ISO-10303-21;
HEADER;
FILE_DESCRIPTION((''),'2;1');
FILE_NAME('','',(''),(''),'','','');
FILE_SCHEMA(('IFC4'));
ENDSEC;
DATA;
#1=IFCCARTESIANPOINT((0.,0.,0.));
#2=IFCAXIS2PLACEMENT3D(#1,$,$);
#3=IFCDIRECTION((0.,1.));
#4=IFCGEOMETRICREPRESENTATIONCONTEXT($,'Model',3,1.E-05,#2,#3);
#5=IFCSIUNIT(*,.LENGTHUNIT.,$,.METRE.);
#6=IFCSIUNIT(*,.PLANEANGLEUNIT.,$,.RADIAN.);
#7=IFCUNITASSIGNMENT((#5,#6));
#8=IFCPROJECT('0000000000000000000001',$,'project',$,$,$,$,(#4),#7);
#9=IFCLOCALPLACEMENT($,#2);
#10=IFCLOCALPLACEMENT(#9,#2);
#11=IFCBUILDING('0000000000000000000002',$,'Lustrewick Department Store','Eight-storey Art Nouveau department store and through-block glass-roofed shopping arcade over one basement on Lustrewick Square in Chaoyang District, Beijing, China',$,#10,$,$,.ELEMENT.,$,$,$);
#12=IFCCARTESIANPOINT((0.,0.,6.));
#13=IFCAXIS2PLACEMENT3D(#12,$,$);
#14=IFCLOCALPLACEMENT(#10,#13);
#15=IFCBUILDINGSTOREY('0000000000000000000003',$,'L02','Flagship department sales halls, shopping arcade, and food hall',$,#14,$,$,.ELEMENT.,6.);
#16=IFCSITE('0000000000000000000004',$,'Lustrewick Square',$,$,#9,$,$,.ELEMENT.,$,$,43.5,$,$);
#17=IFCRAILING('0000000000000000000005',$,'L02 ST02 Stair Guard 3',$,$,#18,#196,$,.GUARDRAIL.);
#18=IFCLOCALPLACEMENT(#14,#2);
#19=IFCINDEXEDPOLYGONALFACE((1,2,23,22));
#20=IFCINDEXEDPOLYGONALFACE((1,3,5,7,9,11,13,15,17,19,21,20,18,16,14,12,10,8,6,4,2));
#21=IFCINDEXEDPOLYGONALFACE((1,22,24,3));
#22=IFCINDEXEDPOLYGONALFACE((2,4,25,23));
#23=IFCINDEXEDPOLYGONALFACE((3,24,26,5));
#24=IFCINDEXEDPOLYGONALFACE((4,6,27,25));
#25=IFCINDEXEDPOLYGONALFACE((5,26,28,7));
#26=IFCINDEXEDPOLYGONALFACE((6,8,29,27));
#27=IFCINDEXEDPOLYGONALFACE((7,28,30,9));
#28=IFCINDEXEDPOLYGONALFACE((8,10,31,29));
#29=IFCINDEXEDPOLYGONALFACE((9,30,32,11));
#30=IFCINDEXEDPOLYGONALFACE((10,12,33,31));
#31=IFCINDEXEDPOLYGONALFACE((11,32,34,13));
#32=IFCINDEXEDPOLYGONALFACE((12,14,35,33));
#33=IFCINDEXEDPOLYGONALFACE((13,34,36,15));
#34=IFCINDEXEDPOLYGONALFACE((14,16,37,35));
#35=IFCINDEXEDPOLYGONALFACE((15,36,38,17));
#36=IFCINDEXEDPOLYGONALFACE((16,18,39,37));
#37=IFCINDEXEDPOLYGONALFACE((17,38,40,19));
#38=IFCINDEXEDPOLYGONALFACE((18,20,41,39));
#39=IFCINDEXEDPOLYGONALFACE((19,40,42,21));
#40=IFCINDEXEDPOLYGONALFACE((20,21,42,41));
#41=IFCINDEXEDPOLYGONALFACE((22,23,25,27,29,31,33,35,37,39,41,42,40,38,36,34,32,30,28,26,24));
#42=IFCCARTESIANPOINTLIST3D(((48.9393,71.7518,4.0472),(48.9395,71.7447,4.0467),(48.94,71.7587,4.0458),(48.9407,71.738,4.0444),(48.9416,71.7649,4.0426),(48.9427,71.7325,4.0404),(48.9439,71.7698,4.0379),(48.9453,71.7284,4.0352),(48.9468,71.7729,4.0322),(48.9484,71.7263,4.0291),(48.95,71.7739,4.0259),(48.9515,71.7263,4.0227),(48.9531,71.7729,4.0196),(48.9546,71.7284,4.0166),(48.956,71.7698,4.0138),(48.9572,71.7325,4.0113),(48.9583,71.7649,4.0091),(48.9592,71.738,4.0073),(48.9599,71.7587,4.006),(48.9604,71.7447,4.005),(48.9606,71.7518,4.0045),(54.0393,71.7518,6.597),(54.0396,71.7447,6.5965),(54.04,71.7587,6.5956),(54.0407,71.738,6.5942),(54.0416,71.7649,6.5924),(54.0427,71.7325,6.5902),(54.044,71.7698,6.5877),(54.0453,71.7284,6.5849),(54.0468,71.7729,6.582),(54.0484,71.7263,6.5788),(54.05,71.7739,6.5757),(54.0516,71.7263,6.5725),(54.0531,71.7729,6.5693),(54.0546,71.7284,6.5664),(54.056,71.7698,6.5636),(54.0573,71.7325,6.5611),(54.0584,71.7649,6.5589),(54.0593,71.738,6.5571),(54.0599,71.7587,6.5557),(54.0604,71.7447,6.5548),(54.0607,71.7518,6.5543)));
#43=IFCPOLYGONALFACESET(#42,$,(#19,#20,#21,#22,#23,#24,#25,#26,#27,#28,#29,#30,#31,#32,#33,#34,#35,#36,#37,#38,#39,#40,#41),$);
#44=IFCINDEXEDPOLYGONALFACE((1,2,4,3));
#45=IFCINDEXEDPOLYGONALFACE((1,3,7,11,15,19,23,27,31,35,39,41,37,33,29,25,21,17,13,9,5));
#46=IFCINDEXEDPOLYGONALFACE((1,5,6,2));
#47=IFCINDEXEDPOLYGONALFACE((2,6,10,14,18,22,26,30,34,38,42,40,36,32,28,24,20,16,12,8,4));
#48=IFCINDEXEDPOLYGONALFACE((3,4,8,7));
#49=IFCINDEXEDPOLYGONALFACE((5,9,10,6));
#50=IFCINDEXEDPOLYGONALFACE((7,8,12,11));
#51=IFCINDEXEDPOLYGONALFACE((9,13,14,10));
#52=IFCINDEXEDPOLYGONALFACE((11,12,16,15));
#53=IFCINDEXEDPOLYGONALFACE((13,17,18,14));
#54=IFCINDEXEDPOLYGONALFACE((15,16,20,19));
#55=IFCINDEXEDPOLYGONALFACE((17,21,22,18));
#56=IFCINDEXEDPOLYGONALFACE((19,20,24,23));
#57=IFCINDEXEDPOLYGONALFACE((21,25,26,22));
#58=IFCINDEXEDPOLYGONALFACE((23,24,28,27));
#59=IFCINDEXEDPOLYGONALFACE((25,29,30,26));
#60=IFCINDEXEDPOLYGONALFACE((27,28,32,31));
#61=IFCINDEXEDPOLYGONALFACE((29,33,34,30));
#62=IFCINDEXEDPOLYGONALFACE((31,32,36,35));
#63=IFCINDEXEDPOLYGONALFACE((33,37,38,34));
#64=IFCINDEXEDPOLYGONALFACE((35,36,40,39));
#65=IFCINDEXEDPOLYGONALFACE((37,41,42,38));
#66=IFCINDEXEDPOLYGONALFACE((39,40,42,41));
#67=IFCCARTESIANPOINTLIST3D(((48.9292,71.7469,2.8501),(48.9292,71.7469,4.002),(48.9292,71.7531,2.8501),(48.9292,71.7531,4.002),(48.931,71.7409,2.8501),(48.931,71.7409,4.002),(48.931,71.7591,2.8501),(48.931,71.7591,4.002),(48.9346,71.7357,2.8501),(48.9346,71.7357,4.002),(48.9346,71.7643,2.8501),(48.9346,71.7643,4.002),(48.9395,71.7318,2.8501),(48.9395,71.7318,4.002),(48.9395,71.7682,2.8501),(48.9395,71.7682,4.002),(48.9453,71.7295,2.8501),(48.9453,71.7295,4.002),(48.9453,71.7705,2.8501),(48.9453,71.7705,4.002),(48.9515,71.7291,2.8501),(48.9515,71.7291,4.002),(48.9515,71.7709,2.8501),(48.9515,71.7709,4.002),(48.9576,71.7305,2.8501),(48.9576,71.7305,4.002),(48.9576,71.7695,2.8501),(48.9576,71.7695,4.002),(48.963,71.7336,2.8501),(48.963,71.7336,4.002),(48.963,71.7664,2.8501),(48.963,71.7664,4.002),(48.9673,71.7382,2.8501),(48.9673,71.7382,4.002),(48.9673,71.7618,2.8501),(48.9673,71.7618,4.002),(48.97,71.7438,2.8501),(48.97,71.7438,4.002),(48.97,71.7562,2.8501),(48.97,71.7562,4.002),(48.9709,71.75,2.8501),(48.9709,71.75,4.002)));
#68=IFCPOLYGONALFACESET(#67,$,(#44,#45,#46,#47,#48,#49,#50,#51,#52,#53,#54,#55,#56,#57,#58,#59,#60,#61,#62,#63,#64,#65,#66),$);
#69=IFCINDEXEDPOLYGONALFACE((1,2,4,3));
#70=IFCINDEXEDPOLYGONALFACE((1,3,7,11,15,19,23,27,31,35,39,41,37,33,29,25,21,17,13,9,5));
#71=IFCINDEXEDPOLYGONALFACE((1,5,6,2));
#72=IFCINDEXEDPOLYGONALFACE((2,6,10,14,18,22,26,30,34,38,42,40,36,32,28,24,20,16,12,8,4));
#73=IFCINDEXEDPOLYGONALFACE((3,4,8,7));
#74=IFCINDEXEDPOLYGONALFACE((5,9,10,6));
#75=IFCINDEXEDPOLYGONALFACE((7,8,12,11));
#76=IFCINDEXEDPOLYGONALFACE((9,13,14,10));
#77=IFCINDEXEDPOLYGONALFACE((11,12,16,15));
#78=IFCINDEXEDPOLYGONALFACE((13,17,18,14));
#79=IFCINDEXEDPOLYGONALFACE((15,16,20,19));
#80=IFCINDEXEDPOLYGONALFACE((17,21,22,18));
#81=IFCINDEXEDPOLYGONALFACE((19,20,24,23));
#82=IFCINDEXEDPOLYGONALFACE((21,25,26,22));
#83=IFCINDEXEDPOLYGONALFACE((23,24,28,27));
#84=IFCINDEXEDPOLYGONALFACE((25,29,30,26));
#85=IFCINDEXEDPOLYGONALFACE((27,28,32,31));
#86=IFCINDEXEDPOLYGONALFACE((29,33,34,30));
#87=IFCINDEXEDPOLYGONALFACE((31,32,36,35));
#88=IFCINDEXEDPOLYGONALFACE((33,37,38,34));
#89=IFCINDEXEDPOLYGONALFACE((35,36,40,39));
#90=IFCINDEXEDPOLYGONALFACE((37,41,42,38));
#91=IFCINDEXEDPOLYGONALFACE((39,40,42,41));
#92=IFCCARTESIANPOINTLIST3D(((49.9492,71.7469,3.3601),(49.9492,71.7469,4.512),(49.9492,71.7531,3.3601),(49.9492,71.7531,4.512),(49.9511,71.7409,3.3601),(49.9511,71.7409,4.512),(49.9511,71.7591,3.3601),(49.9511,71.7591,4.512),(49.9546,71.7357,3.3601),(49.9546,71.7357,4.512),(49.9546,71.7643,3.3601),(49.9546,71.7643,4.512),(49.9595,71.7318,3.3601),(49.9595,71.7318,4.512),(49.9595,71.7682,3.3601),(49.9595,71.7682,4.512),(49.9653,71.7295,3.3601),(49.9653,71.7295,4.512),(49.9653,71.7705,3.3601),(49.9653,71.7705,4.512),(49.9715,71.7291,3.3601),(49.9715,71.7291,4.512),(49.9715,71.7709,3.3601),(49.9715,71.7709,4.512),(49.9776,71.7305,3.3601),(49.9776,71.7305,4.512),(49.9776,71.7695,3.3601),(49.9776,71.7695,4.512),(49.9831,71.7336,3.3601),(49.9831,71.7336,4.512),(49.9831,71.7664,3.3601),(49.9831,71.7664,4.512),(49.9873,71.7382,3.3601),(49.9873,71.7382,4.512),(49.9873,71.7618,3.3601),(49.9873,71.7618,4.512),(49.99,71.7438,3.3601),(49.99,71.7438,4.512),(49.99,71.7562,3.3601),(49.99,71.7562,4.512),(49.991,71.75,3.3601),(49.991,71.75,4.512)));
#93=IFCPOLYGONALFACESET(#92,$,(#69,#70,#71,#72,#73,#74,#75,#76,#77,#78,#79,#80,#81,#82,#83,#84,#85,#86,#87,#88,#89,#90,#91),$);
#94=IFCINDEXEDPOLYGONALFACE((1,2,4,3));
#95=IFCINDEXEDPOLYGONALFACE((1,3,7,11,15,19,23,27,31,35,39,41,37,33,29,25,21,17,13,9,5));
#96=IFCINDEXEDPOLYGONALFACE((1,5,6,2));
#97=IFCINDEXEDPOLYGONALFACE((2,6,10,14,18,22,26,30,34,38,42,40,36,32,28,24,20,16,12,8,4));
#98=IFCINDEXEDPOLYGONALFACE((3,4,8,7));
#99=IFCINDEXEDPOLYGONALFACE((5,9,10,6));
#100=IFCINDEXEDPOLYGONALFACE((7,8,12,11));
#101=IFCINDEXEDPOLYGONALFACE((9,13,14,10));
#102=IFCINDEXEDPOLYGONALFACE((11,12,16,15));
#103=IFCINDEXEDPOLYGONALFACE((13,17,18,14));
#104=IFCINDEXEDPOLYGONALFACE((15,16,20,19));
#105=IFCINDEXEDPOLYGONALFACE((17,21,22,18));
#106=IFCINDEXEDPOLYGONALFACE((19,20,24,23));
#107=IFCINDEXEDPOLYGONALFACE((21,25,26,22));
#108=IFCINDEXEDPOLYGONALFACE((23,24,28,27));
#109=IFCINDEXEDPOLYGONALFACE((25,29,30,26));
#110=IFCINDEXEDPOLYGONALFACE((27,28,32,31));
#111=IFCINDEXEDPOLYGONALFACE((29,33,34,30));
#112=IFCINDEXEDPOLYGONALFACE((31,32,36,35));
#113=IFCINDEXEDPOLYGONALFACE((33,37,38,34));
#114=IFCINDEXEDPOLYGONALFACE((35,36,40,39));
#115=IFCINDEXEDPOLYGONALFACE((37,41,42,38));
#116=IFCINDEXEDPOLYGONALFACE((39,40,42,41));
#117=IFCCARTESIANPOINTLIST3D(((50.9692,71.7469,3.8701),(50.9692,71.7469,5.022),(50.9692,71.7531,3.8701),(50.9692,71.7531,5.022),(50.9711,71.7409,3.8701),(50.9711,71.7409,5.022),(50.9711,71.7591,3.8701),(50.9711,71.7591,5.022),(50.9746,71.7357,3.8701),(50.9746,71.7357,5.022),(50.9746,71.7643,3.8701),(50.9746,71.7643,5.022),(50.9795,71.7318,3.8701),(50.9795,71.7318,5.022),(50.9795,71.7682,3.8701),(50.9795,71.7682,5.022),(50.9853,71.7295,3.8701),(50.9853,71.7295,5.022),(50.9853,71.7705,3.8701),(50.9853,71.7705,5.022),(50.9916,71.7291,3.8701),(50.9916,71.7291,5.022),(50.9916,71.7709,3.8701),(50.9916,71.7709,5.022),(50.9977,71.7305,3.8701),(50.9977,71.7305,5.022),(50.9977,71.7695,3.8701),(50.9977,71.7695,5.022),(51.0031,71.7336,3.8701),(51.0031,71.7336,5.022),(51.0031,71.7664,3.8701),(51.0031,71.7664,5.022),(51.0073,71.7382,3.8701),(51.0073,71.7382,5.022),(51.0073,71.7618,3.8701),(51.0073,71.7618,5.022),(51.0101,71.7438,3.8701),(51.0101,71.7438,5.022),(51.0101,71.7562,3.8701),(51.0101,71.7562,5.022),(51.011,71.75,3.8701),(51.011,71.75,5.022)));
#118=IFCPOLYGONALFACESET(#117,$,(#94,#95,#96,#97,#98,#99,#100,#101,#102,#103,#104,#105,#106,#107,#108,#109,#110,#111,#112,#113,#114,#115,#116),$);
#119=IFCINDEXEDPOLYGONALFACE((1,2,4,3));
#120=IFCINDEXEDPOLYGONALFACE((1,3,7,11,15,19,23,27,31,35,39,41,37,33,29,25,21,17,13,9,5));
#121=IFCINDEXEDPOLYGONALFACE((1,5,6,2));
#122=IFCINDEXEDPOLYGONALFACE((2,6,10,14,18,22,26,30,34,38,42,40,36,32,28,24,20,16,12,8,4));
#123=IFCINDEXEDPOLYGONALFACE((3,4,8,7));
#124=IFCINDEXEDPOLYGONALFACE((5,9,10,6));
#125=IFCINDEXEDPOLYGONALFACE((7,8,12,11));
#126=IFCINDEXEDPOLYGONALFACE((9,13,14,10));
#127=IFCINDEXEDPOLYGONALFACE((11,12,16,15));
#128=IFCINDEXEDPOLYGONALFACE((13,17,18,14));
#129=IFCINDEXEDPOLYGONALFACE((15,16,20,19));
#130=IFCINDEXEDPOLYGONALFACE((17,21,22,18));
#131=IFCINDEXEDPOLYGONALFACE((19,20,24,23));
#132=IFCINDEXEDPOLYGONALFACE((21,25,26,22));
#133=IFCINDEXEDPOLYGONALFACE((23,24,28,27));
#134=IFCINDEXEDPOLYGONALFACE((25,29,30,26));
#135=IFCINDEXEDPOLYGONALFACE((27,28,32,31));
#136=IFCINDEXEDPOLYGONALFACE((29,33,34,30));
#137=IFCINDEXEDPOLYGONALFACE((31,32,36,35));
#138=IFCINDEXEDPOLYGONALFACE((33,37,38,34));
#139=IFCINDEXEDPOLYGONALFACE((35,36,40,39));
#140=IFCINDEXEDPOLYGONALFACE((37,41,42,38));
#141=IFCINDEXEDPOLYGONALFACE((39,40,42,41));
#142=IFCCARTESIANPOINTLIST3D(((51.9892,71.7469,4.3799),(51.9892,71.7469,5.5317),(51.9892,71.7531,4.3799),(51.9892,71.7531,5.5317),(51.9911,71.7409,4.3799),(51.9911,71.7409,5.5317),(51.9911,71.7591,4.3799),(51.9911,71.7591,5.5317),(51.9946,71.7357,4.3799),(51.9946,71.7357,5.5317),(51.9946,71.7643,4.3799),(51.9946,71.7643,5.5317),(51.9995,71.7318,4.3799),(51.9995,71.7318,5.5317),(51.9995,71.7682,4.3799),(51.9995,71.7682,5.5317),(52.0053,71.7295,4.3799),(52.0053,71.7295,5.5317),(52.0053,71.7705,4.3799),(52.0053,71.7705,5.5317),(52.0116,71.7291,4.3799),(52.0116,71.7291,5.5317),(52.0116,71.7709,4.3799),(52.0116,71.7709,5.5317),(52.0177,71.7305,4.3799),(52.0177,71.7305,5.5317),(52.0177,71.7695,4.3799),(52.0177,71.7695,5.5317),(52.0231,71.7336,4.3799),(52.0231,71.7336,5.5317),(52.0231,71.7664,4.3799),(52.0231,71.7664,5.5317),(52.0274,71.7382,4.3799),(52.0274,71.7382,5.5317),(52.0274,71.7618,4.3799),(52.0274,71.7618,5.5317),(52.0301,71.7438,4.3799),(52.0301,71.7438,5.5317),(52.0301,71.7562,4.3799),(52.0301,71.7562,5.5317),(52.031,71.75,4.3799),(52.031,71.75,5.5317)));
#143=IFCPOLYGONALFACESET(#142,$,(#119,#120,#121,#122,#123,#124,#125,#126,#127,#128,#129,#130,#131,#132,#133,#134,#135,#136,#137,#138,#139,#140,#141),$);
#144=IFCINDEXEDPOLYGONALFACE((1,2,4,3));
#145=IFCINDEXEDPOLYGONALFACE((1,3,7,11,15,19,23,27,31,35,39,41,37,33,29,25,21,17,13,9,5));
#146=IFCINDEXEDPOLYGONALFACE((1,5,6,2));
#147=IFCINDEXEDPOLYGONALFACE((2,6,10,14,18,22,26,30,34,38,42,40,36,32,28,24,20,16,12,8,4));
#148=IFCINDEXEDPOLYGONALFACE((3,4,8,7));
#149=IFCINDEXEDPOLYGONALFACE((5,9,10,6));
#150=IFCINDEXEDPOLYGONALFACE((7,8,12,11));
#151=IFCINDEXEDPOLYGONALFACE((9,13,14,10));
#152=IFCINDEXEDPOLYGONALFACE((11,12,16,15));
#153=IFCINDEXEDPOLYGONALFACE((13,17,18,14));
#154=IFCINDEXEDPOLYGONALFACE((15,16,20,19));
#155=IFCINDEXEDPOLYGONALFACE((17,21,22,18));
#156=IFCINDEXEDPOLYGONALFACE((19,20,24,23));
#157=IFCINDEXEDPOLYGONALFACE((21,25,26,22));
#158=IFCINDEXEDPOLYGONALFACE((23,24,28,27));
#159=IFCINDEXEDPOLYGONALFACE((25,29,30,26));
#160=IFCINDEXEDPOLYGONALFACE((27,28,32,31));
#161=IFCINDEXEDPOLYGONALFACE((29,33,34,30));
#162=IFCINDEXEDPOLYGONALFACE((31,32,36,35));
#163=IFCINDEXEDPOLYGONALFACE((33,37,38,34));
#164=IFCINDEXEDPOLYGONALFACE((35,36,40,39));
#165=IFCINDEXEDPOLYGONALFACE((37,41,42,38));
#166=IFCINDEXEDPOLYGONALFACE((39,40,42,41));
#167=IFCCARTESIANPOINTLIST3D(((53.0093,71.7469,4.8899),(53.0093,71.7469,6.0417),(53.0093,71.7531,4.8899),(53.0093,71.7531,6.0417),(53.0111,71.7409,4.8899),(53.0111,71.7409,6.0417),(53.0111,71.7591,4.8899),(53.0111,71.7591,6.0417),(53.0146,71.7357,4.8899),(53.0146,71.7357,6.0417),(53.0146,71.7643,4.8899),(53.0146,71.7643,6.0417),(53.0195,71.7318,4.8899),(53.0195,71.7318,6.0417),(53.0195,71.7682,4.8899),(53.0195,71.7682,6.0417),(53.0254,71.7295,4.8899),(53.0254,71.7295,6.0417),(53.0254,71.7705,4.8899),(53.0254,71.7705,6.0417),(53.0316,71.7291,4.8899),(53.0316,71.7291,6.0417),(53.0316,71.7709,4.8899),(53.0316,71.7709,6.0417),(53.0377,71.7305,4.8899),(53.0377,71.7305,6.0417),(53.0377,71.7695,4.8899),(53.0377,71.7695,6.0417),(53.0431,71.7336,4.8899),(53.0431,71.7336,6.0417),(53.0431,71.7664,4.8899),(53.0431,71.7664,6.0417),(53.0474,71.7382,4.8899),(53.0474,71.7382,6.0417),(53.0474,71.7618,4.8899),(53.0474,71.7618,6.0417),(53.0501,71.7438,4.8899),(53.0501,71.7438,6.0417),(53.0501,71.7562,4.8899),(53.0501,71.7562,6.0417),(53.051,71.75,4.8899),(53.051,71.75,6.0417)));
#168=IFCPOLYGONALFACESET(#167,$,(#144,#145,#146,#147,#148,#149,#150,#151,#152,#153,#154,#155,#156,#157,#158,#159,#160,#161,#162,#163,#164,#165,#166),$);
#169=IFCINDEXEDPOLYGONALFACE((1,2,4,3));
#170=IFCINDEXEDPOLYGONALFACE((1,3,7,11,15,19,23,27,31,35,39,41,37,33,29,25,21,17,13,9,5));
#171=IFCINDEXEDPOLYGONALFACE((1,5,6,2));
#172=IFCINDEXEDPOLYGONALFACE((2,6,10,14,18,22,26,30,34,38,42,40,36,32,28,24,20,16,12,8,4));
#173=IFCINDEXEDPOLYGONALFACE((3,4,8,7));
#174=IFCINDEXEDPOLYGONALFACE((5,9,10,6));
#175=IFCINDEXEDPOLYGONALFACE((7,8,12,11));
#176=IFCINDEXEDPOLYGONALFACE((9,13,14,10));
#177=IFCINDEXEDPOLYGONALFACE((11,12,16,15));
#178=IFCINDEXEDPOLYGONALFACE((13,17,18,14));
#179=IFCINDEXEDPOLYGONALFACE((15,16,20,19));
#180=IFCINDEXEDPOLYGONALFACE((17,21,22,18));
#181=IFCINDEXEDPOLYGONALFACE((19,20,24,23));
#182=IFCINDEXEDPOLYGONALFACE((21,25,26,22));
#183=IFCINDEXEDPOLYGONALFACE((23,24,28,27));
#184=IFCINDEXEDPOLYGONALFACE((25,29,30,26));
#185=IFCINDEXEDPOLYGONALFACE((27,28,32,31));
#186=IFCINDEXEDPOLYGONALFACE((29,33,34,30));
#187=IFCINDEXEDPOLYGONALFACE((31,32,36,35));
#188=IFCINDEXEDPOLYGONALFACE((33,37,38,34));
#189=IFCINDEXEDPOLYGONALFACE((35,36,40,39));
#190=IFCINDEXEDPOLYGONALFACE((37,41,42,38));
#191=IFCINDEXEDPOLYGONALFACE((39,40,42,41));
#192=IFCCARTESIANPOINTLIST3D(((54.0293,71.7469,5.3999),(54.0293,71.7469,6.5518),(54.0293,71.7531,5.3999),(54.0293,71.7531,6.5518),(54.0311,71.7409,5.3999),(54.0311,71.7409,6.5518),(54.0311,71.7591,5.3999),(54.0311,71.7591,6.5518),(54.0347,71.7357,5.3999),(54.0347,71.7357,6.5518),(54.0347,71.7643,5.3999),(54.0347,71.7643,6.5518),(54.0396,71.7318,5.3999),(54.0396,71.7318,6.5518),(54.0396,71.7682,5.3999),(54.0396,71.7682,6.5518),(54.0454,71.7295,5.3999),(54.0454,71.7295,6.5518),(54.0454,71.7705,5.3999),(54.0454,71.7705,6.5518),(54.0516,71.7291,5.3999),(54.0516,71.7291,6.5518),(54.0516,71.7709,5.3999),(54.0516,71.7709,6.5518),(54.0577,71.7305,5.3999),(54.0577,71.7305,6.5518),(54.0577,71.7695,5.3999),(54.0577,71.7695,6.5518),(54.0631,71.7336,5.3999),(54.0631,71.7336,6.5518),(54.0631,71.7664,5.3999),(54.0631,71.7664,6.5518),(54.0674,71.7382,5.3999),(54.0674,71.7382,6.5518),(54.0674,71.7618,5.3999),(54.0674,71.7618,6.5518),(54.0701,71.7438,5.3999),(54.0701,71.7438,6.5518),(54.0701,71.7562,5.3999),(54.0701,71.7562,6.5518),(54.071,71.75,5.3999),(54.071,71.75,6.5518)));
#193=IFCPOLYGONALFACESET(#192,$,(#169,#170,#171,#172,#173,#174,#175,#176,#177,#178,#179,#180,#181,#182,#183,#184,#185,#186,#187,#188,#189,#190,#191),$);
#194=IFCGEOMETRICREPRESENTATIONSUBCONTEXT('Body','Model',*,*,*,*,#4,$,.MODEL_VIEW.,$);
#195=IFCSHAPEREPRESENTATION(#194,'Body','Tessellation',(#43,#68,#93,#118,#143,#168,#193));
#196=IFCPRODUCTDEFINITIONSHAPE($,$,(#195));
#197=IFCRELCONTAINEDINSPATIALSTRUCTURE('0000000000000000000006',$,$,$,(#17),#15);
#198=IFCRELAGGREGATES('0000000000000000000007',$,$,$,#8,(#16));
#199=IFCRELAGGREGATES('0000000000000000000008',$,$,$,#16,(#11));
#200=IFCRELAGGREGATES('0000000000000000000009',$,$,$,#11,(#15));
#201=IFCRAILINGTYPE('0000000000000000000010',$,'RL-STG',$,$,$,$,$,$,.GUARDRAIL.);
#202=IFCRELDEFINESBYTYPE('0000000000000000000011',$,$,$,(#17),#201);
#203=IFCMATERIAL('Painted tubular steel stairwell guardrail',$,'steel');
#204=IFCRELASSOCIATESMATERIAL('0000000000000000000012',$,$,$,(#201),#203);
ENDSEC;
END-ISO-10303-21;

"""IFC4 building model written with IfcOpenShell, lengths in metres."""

from ifc_helpers import new_model, si_unit, direction, frame, origin, origin_2d, place, context, subcontext, project, spatial, circle, extrude, material, type_object, element, save


model = new_model("IFC4")

# Units and contexts
model_context = context("Model", 3, precision=1e-05, world=origin(), true_north=direction((0.0, 1.0)))
body_context = subcontext(model_context, "Body", "Model", "MODEL_VIEW")
ifc_project = project(units=[si_unit("LENGTHUNIT", "METRE"), si_unit("PLANEANGLEUNIT", "RADIAN")], contexts=[model_context])

# Site, building, storey
site_placement = place(None, origin())
site = spatial("IfcSite", under=ifc_project, at=site_placement, Name="Lustrewick Square", CompositionType="ELEMENT", RefElevation=43.5)
building_placement = place(site_placement, origin())
building = spatial("IfcBuilding", under=site, at=building_placement, Name="Lustrewick Department Store", Description="Eight-storey Art Nouveau department store and through-block glass-roofed shopping arcade over one basement on Lustrewick Square in Chaoyang District, Beijing, China", CompositionType="ELEMENT")
storey_placement = place(building_placement, frame((0.0, 0.0, 6.0)))
storey = spatial("IfcBuildingStorey", under=building, at=storey_placement, Name="L02", Description="Flagship department sales halls, shopping arcade, and food hall", CompositionType="ELEMENT", Elevation=6.0)

# Railing
ifc_material_1 = material(Name="Painted tubular steel stairwell guardrail", Category="steel")
railing_type_1 = type_object("IfcRailingType", Name="RL-STG", PredefinedType="GUARDRAIL", material=ifc_material_1)
railing_1_placement = place(storey_placement, frame((48.95, 71.75, 2.8501)))
element("IfcRailing", 1, at=railing_1_placement, inside=storey, type_object=railing_type_1, Name="L02 ST02 Stair Guard 3", PredefinedType="GUARDRAIL", context=body_context, shape_type="SweptSolid", body=[
    extrude(circle(Radius=0.0239, at=origin_2d()), frame((0.0, 0.0, 1.1758), z_axis=(0.894444, 0.0, 0.447179), x_axis=(0.0, 1.0, 0.0)), (0.0, 0.0, 1.0), 5.7019),
    extrude(circle(Radius=0.021, at=origin_2d()), origin(), (0.0, 0.0, 1.0), 1.1519),
    extrude(circle(Radius=0.021, at=origin_2d()), frame((1.02, 0.0, 0.51)), (0.0, 0.0, 1.0), 1.1519),
    extrude(circle(Radius=0.021, at=origin_2d()), frame((2.04, 0.0, 1.02)), (0.0, 0.0, 1.0), 1.1519),
    extrude(circle(Radius=0.021, at=origin_2d()), frame((3.0601, 0.0, 1.5298)), (0.0, 0.0, 1.0), 1.1519),
    extrude(circle(Radius=0.021, at=origin_2d()), frame((4.0801, 0.0, 2.0398)), (0.0, 0.0, 1.0), 1.1519),
    extrude(circle(Radius=0.021, at=origin_2d()), frame((5.1001, 0.0, 2.5498)), (0.0, 0.0, 1.0), 1.1519),
])

save(model, "model.ifc")
